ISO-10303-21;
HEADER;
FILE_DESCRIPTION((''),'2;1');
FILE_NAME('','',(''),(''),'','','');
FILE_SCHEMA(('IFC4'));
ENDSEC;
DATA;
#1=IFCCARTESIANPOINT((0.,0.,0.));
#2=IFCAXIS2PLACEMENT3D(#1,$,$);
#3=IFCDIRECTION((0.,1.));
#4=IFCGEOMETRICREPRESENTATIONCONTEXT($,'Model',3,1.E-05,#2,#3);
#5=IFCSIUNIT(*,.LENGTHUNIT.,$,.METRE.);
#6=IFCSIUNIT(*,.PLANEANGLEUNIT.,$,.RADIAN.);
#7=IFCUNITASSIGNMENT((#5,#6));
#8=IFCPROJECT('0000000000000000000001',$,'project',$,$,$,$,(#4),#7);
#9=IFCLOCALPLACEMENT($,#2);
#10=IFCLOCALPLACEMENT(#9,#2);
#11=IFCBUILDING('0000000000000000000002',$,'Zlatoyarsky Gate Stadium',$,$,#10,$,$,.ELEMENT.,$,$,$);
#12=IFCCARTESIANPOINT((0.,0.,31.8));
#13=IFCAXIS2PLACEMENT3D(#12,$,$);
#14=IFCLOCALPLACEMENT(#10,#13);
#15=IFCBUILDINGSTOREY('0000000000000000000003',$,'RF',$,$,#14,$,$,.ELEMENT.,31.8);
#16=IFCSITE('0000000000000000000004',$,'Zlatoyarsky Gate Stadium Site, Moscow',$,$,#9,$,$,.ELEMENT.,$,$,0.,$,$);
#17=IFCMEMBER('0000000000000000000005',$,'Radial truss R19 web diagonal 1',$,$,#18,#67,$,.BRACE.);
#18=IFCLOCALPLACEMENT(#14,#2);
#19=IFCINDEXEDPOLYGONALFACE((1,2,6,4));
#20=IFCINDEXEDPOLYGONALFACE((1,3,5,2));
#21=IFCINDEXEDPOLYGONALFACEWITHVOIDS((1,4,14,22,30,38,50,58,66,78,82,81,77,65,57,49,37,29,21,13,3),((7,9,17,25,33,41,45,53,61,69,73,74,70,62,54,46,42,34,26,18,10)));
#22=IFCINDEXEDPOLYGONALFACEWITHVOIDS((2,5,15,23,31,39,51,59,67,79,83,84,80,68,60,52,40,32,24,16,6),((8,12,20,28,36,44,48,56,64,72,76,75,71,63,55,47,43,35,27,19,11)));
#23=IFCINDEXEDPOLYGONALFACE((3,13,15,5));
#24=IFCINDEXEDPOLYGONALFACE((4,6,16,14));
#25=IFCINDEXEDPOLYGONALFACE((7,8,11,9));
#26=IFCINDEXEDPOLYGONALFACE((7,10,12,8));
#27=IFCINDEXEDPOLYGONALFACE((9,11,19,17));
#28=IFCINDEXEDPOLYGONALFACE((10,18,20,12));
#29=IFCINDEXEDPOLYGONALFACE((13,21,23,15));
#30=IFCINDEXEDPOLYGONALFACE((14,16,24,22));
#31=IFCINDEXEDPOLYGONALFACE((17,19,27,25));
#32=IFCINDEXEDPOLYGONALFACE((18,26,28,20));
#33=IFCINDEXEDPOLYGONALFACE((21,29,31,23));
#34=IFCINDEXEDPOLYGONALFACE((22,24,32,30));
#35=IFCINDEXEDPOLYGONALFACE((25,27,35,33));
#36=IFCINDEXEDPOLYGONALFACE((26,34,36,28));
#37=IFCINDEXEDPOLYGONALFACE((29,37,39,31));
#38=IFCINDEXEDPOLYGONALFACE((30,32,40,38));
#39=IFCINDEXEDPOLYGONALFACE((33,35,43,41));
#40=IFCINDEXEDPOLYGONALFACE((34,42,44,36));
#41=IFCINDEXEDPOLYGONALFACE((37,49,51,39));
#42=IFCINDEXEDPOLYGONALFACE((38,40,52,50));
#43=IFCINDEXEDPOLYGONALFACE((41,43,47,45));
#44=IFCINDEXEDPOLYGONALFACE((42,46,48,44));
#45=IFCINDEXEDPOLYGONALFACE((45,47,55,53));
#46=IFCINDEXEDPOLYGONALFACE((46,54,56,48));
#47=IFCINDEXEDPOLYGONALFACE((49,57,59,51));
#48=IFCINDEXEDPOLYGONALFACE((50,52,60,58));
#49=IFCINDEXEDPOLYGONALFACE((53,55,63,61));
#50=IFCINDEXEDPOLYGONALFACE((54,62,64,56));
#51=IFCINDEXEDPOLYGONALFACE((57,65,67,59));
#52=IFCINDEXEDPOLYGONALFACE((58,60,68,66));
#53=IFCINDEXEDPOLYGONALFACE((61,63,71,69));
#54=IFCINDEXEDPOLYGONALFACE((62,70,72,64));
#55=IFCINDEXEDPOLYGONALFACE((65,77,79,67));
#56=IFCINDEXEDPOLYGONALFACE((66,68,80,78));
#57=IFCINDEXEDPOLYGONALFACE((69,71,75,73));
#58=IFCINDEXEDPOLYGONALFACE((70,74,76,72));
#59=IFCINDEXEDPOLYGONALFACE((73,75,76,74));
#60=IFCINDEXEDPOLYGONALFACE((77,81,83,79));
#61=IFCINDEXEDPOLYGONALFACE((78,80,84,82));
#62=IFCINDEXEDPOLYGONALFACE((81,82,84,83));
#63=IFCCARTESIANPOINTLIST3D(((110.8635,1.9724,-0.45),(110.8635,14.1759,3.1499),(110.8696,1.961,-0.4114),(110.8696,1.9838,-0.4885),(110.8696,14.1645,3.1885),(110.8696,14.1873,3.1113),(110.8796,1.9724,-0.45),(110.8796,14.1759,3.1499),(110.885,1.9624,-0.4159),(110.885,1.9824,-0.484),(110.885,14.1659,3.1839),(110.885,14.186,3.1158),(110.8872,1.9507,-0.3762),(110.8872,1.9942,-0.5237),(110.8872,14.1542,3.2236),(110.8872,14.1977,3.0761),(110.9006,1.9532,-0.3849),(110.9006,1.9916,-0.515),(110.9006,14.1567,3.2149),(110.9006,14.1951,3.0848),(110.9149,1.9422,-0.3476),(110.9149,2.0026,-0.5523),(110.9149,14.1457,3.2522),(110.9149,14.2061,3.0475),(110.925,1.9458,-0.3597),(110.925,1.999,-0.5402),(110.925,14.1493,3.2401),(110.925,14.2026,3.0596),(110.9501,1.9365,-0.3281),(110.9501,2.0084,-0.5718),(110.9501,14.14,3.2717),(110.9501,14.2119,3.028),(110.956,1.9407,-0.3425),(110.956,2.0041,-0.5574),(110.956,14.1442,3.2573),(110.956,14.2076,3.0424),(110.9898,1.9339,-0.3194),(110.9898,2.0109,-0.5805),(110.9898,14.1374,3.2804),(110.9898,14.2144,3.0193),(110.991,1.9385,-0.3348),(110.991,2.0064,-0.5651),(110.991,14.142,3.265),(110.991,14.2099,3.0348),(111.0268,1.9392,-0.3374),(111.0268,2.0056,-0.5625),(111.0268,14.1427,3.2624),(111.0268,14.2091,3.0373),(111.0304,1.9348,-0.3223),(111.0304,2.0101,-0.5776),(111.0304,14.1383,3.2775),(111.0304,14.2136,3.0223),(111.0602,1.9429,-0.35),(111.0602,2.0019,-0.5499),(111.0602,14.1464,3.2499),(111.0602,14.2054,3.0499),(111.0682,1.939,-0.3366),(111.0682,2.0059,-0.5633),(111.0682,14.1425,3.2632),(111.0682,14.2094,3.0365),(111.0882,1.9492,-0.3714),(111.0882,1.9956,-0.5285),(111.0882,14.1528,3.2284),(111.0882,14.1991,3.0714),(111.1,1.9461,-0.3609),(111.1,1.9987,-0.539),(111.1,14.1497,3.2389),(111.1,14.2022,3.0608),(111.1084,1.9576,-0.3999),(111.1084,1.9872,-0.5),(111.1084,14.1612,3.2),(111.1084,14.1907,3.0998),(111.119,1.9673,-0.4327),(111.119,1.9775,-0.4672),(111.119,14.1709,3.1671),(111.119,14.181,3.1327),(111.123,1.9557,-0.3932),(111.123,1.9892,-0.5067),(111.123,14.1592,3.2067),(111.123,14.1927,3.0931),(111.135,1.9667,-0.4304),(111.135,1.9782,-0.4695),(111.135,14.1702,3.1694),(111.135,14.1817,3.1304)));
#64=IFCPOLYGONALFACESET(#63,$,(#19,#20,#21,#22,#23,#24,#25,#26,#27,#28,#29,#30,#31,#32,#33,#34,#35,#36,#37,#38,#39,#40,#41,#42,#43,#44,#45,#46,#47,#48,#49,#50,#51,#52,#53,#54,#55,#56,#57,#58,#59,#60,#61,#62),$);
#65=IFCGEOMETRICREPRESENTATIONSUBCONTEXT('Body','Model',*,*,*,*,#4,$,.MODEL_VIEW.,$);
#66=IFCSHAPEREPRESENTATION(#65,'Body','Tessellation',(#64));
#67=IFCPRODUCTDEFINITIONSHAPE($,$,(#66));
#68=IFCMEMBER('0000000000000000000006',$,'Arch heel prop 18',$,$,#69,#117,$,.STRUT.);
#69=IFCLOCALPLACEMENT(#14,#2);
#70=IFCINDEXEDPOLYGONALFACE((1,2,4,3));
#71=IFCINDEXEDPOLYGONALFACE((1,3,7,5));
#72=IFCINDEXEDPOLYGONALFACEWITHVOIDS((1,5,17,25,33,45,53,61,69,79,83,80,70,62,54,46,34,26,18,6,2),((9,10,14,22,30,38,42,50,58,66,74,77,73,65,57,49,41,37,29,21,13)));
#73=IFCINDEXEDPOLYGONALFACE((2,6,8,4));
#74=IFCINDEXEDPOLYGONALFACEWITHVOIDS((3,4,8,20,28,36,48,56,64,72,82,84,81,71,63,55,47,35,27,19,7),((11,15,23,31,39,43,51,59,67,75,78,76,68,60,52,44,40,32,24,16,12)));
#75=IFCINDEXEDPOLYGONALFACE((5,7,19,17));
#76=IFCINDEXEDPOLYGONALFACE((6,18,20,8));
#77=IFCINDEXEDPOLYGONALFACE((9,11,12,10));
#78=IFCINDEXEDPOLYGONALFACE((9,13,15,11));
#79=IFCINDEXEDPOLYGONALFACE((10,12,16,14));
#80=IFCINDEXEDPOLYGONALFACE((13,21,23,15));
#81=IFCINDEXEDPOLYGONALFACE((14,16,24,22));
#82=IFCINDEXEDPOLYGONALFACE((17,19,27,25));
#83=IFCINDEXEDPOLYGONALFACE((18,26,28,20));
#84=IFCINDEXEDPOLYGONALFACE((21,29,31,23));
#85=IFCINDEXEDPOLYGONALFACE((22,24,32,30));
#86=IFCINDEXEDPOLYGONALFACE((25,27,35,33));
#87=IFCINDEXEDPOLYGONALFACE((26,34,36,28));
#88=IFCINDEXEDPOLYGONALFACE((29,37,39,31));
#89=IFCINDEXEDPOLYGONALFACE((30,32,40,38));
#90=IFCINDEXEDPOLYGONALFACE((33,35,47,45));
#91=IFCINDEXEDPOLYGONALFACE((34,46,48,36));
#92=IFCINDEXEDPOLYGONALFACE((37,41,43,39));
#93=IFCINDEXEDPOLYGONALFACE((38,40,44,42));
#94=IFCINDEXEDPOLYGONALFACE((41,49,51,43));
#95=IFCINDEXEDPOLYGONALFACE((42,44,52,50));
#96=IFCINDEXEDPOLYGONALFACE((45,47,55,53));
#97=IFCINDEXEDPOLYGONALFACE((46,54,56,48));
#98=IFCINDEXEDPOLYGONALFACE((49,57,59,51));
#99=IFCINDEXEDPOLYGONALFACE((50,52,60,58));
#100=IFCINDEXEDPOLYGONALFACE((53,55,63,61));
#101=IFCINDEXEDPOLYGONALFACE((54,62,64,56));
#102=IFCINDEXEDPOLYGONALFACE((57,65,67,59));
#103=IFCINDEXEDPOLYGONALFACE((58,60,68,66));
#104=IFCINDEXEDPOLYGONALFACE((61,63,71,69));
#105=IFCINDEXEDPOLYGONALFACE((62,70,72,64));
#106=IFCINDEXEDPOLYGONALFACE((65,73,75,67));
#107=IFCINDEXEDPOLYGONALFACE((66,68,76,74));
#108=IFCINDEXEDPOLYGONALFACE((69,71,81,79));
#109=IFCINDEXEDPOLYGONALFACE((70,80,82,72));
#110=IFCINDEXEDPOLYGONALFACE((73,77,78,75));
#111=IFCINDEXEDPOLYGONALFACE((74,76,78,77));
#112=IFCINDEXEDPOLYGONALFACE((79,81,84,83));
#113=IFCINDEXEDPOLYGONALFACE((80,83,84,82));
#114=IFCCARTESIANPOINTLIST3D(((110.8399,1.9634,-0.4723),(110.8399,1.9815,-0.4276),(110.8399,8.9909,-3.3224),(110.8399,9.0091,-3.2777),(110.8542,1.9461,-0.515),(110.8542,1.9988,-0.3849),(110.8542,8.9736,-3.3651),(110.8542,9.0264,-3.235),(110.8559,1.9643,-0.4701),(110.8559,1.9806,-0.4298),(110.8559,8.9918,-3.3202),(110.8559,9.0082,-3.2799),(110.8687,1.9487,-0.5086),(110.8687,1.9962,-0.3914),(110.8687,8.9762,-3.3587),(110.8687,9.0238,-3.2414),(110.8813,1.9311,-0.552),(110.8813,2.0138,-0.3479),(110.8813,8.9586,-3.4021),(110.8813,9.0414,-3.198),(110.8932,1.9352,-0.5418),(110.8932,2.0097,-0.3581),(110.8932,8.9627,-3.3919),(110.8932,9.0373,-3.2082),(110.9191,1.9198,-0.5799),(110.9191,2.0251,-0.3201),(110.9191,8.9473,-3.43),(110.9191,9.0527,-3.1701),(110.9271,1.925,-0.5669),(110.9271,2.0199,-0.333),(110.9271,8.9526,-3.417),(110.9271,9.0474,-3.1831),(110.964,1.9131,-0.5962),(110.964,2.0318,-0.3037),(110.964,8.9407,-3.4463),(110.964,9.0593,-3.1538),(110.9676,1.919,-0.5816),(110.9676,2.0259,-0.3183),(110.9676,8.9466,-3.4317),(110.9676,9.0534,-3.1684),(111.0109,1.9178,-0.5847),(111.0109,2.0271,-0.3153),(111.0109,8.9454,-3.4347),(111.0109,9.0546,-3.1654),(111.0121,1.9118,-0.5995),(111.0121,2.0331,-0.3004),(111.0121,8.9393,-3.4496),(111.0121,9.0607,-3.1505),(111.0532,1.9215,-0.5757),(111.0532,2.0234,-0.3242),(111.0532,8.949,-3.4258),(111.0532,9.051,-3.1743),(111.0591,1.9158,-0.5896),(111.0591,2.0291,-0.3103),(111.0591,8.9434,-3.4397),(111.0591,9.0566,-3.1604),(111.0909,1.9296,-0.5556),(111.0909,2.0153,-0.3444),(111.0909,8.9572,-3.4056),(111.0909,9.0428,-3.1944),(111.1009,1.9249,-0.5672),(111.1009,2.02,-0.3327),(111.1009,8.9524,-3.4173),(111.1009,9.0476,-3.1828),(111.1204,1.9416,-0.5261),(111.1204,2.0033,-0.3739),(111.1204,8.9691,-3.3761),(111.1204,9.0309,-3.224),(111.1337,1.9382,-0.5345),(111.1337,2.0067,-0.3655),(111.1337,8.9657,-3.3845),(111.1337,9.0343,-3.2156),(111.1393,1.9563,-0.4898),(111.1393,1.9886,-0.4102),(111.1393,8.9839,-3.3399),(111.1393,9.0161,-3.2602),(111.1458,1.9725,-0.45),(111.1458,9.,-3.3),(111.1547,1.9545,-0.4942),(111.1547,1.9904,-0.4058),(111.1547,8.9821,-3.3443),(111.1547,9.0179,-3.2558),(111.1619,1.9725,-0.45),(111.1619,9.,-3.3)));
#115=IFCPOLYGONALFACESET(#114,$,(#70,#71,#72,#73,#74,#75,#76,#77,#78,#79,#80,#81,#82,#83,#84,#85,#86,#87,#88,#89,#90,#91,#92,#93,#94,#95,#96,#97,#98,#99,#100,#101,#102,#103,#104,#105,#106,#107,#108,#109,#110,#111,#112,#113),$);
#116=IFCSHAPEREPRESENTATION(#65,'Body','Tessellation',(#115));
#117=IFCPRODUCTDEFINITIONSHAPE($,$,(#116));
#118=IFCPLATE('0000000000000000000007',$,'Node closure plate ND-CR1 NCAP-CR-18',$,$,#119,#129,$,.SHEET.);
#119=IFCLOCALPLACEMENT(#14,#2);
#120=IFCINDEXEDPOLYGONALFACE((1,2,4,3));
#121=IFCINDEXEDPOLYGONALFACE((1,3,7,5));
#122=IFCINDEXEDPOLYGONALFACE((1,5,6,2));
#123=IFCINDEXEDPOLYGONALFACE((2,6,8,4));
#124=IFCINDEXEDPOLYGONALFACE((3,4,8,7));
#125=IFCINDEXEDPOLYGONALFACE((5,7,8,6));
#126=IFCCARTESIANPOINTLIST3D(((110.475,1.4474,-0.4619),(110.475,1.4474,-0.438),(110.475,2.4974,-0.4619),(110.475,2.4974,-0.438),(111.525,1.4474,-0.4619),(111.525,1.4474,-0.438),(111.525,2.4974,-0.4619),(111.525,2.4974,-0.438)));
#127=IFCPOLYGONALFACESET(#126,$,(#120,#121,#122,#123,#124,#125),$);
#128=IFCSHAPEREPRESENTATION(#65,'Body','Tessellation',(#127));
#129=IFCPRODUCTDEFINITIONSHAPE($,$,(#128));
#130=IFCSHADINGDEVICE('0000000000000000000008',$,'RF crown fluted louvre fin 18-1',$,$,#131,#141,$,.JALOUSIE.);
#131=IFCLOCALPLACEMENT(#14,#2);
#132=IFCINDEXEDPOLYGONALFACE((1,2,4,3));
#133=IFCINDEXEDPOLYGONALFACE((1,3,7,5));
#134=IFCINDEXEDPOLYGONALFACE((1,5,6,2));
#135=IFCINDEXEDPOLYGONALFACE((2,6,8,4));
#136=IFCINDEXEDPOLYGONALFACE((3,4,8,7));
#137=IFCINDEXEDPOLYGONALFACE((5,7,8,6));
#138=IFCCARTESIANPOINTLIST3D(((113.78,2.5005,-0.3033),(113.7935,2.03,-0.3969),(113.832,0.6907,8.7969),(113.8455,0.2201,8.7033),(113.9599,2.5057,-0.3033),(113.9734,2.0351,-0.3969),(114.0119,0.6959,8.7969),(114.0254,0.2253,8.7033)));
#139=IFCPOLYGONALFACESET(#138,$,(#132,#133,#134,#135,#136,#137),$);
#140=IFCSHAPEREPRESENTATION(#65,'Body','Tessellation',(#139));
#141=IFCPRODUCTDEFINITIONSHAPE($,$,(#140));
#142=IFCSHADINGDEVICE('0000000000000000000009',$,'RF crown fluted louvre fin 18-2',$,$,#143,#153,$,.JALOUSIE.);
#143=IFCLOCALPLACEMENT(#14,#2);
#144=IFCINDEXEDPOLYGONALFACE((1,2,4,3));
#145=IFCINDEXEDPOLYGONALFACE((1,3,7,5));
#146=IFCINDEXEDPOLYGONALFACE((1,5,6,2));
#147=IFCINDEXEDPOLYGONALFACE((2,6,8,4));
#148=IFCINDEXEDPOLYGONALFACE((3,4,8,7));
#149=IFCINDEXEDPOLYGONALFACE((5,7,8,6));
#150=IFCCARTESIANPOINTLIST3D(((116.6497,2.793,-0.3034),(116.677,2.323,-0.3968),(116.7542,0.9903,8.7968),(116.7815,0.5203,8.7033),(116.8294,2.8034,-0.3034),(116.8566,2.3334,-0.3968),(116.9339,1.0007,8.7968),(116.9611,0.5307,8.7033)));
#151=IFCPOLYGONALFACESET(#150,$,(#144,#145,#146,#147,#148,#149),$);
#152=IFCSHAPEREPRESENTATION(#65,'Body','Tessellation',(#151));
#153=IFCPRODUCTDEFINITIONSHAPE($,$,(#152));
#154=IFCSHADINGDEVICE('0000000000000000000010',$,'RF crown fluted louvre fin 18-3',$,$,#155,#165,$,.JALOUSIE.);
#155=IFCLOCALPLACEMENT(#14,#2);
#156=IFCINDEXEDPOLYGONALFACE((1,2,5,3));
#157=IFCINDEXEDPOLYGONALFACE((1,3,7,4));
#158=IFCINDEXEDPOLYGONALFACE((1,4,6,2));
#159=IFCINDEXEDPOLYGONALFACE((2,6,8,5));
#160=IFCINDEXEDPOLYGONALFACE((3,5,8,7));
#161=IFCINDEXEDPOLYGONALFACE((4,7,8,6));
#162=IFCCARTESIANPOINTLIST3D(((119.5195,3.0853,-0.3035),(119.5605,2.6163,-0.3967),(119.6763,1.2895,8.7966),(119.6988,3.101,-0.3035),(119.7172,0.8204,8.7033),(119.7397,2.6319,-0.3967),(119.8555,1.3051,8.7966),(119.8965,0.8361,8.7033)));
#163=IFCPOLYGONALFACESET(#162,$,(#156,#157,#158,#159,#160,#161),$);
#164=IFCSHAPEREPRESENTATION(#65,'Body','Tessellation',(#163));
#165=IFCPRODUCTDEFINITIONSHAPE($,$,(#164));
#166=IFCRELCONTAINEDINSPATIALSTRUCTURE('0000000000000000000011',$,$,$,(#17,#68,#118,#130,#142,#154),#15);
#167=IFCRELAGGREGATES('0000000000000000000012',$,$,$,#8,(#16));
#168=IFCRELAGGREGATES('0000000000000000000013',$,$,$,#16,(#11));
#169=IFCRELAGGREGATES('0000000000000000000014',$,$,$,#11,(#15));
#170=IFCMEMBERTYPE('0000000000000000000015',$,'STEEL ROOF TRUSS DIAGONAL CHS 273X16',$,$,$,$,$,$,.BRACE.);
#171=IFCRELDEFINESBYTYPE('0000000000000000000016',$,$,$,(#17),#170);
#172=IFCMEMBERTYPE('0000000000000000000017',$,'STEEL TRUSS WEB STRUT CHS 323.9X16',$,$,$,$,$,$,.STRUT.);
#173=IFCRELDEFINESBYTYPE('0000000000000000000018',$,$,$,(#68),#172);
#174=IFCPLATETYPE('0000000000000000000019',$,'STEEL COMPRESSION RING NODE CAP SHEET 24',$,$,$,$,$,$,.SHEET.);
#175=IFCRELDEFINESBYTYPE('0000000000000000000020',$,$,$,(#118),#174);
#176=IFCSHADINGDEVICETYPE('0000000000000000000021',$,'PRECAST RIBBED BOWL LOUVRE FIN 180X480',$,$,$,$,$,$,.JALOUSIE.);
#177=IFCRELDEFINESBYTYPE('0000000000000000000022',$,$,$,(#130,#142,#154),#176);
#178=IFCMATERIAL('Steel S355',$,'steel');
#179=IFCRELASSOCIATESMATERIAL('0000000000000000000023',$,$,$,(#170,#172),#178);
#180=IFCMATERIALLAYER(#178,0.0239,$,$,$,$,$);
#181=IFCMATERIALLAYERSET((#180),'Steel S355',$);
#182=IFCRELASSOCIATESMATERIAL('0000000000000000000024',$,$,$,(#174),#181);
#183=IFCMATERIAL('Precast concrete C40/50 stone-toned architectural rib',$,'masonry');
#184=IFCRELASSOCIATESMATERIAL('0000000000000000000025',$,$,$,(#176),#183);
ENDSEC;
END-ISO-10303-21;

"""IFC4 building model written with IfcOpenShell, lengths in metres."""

from ifc_helpers import new_model, si_unit, direction, frame, origin, origin_2d, place, context, subcontext, project, spatial, rectangle, hollow_circle, extrude, material, layer, layer_set, material_profile, profile_set, type_object, element, save


model = new_model("IFC4")

# Units and contexts
model_context = context("Model", 3, precision=1e-05, world=origin(), true_north=direction((0.0, 1.0)))
body_context = subcontext(model_context, "Body", "Model", "MODEL_VIEW")
ifc_project = project(units=[si_unit("LENGTHUNIT", "METRE"), si_unit("PLANEANGLEUNIT", "RADIAN")], contexts=[model_context])

# Site, building, storey
site_placement = place(None, origin())
site = spatial("IfcSite", under=ifc_project, at=site_placement, Name="Zlatoyarsky Gate Stadium Site, Moscow", CompositionType="ELEMENT", RefElevation=0.0)
building_placement = place(site_placement, origin())
building = spatial("IfcBuilding", under=site, at=building_placement, Name="Zlatoyarsky Gate Stadium", CompositionType="ELEMENT")
storey_placement = place(building_placement, frame((0.0, 0.0, 31.8)))
storey = spatial("IfcBuildingStorey", under=building, at=storey_placement, Name="RF", CompositionType="ELEMENT", Elevation=31.8)

# Shared definitions
ifc_material_1 = material(Name="Steel S355", Category="steel")

# Members
ifc_material_profile_1 = material_profile(ifc_material_1, hollow_circle(Radius=0.1365, WallThickness=0.0161, at=origin_2d()), Name="CHS 273X16")
ifc_profile_set_1 = profile_set([ifc_material_profile_1], Name="Steel S355")
member_type_1 = type_object("IfcMemberType", Name="STEEL ROOF TRUSS DIAGONAL CHS 273X16", PredefinedType="BRACE", material=ifc_profile_set_1)
member_1_placement = place(storey_placement, frame((111.0, 1.9724, -0.45), z_axis=(0.0, 0.959141, 0.28293), x_axis=(-1.0, 0.0, 0.0)))
element("IfcMember", 1, at=member_1_placement, inside=storey, type_object=member_type_1, Name="Radial truss R19 web diagonal 1", PredefinedType="BRACE", context=body_context, shape_type="SweptSolid", body=[
    extrude(hollow_circle(Radius=0.1365, WallThickness=0.0161, at=origin_2d()), origin(), (0.0, 0.0, 1.0), 12.7234),
])
ifc_material_profile_2 = material_profile(ifc_material_1, hollow_circle(Radius=0.1619, WallThickness=0.0161, at=origin_2d()), Name="CHS 323.9X16")
ifc_profile_set_2 = profile_set([ifc_material_profile_2], Name="Steel S355")
member_type_2 = type_object("IfcMemberType", Name="STEEL TRUSS WEB STRUT CHS 323.9X16", PredefinedType="STRUT", material=ifc_profile_set_2)
member_2_placement = place(storey_placement, frame((111.0, 9.0, -3.3), z_axis=(0.0, -0.92669, 0.375827), x_axis=(1.0, 0.0, 0.0)))
element("IfcMember", 2, at=member_2_placement, inside=storey, type_object=member_type_2, Name="Arch heel prop 18", PredefinedType="STRUT", context=body_context, shape_type="SweptSolid", body=[
    extrude(hollow_circle(Radius=0.1619, WallThickness=0.0161, at=origin_2d()), origin(), (0.0, 0.0, 1.0), 7.5835),
])

# Plate
ifc_layer = layer(ifc_material_1, 0.0239)
ifc_layer_set = layer_set([ifc_layer], Name="Steel S355")
plate_type = type_object("IfcPlateType", Name="STEEL COMPRESSION RING NODE CAP SHEET 24", PredefinedType="SHEET", material=ifc_layer_set)
plate_placement = place(storey_placement, frame((111.0, 1.9724, -0.4619), z_axis=(0.0, 0.0, 1.0), x_axis=(1.0, 0.0, 0.0)))
element("IfcPlate", 3, at=plate_placement, inside=storey, type_object=plate_type, Name="Node closure plate ND-CR1 NCAP-CR-18", PredefinedType="SHEET", context=body_context, shape_type="SweptSolid", body=[
    extrude(rectangle(XDim=1.05, YDim=1.05, at=origin_2d()), origin(), (0.0, 0.0, 1.0), 0.0239),
])

# Shading devices
ifc_material_2 = material(Name="Precast concrete C40/50 stone-toned architectural rib", Category="masonry")
ifc_material_profile_3 = material_profile(ifc_material_2, rectangle(XDim=0.1799, YDim=0.48, at=origin_2d()), Name="RIB 180X480")
ifc_profile_set_3 = profile_set([ifc_material_profile_3], Name="Precast concrete C40/50 stone-toned architectural rib")
shading_device_type = type_object("IfcShadingDeviceType", Name="PRECAST RIBBED BOWL LOUVRE FIN 180X480", PredefinedType="JALOUSIE", material=ifc_profile_set_3)
shading_device_1_placement = place(storey_placement, frame((113.8767, 2.2678, -0.3501), z_axis=(0.005605, -0.195055, 0.980776), x_axis=(0.999587, 0.028721, 0.0)))
element("IfcShadingDevice", 4, at=shading_device_1_placement, inside=storey, type_object=shading_device_type, Name="RF crown fluted louvre fin 18-1", PredefinedType="JALOUSIE", context=body_context, shape_type="SweptSolid", body=[
    extrude(rectangle(XDim=0.1799, YDim=0.48, at=origin_2d()), origin(), (0.0, 0.0, 1.0), 9.2786),
])
shading_device_2_placement = place(storey_placement, frame((116.7532, 2.5632, -0.3501), z_axis=(0.011263, -0.194312, 0.980875), x_axis=(0.998324, 0.057866, 0.0)))
element("IfcShadingDevice", 5, at=shading_device_2_placement, inside=storey, type_object=shading_device_type, Name="RF crown fluted louvre fin 18-2", PredefinedType="JALOUSIE", context=body_context, shape_type="SweptSolid", body=[
    extrude(rectangle(XDim=0.1799, YDim=0.48, at=origin_2d()), origin(), (0.0, 0.0, 1.0), 9.2776),
])
shading_device_3_placement = place(storey_placement, frame((119.6296, 2.8586, -0.3501), z_axis=(0.016895, -0.193587, 0.980938), x_axis=(0.996213, 0.086945, 0.0)))
element("IfcShadingDevice", 6, at=shading_device_3_placement, inside=storey, type_object=shading_device_type, Name="RF crown fluted louvre fin 18-3", PredefinedType="JALOUSIE", context=body_context, shape_type="SweptSolid", body=[
    extrude(rectangle(XDim=0.1799, YDim=0.48, at=origin_2d()), origin(), (0.0, 0.0, 1.0), 9.2769),
])

save(model, "model.ifc")
